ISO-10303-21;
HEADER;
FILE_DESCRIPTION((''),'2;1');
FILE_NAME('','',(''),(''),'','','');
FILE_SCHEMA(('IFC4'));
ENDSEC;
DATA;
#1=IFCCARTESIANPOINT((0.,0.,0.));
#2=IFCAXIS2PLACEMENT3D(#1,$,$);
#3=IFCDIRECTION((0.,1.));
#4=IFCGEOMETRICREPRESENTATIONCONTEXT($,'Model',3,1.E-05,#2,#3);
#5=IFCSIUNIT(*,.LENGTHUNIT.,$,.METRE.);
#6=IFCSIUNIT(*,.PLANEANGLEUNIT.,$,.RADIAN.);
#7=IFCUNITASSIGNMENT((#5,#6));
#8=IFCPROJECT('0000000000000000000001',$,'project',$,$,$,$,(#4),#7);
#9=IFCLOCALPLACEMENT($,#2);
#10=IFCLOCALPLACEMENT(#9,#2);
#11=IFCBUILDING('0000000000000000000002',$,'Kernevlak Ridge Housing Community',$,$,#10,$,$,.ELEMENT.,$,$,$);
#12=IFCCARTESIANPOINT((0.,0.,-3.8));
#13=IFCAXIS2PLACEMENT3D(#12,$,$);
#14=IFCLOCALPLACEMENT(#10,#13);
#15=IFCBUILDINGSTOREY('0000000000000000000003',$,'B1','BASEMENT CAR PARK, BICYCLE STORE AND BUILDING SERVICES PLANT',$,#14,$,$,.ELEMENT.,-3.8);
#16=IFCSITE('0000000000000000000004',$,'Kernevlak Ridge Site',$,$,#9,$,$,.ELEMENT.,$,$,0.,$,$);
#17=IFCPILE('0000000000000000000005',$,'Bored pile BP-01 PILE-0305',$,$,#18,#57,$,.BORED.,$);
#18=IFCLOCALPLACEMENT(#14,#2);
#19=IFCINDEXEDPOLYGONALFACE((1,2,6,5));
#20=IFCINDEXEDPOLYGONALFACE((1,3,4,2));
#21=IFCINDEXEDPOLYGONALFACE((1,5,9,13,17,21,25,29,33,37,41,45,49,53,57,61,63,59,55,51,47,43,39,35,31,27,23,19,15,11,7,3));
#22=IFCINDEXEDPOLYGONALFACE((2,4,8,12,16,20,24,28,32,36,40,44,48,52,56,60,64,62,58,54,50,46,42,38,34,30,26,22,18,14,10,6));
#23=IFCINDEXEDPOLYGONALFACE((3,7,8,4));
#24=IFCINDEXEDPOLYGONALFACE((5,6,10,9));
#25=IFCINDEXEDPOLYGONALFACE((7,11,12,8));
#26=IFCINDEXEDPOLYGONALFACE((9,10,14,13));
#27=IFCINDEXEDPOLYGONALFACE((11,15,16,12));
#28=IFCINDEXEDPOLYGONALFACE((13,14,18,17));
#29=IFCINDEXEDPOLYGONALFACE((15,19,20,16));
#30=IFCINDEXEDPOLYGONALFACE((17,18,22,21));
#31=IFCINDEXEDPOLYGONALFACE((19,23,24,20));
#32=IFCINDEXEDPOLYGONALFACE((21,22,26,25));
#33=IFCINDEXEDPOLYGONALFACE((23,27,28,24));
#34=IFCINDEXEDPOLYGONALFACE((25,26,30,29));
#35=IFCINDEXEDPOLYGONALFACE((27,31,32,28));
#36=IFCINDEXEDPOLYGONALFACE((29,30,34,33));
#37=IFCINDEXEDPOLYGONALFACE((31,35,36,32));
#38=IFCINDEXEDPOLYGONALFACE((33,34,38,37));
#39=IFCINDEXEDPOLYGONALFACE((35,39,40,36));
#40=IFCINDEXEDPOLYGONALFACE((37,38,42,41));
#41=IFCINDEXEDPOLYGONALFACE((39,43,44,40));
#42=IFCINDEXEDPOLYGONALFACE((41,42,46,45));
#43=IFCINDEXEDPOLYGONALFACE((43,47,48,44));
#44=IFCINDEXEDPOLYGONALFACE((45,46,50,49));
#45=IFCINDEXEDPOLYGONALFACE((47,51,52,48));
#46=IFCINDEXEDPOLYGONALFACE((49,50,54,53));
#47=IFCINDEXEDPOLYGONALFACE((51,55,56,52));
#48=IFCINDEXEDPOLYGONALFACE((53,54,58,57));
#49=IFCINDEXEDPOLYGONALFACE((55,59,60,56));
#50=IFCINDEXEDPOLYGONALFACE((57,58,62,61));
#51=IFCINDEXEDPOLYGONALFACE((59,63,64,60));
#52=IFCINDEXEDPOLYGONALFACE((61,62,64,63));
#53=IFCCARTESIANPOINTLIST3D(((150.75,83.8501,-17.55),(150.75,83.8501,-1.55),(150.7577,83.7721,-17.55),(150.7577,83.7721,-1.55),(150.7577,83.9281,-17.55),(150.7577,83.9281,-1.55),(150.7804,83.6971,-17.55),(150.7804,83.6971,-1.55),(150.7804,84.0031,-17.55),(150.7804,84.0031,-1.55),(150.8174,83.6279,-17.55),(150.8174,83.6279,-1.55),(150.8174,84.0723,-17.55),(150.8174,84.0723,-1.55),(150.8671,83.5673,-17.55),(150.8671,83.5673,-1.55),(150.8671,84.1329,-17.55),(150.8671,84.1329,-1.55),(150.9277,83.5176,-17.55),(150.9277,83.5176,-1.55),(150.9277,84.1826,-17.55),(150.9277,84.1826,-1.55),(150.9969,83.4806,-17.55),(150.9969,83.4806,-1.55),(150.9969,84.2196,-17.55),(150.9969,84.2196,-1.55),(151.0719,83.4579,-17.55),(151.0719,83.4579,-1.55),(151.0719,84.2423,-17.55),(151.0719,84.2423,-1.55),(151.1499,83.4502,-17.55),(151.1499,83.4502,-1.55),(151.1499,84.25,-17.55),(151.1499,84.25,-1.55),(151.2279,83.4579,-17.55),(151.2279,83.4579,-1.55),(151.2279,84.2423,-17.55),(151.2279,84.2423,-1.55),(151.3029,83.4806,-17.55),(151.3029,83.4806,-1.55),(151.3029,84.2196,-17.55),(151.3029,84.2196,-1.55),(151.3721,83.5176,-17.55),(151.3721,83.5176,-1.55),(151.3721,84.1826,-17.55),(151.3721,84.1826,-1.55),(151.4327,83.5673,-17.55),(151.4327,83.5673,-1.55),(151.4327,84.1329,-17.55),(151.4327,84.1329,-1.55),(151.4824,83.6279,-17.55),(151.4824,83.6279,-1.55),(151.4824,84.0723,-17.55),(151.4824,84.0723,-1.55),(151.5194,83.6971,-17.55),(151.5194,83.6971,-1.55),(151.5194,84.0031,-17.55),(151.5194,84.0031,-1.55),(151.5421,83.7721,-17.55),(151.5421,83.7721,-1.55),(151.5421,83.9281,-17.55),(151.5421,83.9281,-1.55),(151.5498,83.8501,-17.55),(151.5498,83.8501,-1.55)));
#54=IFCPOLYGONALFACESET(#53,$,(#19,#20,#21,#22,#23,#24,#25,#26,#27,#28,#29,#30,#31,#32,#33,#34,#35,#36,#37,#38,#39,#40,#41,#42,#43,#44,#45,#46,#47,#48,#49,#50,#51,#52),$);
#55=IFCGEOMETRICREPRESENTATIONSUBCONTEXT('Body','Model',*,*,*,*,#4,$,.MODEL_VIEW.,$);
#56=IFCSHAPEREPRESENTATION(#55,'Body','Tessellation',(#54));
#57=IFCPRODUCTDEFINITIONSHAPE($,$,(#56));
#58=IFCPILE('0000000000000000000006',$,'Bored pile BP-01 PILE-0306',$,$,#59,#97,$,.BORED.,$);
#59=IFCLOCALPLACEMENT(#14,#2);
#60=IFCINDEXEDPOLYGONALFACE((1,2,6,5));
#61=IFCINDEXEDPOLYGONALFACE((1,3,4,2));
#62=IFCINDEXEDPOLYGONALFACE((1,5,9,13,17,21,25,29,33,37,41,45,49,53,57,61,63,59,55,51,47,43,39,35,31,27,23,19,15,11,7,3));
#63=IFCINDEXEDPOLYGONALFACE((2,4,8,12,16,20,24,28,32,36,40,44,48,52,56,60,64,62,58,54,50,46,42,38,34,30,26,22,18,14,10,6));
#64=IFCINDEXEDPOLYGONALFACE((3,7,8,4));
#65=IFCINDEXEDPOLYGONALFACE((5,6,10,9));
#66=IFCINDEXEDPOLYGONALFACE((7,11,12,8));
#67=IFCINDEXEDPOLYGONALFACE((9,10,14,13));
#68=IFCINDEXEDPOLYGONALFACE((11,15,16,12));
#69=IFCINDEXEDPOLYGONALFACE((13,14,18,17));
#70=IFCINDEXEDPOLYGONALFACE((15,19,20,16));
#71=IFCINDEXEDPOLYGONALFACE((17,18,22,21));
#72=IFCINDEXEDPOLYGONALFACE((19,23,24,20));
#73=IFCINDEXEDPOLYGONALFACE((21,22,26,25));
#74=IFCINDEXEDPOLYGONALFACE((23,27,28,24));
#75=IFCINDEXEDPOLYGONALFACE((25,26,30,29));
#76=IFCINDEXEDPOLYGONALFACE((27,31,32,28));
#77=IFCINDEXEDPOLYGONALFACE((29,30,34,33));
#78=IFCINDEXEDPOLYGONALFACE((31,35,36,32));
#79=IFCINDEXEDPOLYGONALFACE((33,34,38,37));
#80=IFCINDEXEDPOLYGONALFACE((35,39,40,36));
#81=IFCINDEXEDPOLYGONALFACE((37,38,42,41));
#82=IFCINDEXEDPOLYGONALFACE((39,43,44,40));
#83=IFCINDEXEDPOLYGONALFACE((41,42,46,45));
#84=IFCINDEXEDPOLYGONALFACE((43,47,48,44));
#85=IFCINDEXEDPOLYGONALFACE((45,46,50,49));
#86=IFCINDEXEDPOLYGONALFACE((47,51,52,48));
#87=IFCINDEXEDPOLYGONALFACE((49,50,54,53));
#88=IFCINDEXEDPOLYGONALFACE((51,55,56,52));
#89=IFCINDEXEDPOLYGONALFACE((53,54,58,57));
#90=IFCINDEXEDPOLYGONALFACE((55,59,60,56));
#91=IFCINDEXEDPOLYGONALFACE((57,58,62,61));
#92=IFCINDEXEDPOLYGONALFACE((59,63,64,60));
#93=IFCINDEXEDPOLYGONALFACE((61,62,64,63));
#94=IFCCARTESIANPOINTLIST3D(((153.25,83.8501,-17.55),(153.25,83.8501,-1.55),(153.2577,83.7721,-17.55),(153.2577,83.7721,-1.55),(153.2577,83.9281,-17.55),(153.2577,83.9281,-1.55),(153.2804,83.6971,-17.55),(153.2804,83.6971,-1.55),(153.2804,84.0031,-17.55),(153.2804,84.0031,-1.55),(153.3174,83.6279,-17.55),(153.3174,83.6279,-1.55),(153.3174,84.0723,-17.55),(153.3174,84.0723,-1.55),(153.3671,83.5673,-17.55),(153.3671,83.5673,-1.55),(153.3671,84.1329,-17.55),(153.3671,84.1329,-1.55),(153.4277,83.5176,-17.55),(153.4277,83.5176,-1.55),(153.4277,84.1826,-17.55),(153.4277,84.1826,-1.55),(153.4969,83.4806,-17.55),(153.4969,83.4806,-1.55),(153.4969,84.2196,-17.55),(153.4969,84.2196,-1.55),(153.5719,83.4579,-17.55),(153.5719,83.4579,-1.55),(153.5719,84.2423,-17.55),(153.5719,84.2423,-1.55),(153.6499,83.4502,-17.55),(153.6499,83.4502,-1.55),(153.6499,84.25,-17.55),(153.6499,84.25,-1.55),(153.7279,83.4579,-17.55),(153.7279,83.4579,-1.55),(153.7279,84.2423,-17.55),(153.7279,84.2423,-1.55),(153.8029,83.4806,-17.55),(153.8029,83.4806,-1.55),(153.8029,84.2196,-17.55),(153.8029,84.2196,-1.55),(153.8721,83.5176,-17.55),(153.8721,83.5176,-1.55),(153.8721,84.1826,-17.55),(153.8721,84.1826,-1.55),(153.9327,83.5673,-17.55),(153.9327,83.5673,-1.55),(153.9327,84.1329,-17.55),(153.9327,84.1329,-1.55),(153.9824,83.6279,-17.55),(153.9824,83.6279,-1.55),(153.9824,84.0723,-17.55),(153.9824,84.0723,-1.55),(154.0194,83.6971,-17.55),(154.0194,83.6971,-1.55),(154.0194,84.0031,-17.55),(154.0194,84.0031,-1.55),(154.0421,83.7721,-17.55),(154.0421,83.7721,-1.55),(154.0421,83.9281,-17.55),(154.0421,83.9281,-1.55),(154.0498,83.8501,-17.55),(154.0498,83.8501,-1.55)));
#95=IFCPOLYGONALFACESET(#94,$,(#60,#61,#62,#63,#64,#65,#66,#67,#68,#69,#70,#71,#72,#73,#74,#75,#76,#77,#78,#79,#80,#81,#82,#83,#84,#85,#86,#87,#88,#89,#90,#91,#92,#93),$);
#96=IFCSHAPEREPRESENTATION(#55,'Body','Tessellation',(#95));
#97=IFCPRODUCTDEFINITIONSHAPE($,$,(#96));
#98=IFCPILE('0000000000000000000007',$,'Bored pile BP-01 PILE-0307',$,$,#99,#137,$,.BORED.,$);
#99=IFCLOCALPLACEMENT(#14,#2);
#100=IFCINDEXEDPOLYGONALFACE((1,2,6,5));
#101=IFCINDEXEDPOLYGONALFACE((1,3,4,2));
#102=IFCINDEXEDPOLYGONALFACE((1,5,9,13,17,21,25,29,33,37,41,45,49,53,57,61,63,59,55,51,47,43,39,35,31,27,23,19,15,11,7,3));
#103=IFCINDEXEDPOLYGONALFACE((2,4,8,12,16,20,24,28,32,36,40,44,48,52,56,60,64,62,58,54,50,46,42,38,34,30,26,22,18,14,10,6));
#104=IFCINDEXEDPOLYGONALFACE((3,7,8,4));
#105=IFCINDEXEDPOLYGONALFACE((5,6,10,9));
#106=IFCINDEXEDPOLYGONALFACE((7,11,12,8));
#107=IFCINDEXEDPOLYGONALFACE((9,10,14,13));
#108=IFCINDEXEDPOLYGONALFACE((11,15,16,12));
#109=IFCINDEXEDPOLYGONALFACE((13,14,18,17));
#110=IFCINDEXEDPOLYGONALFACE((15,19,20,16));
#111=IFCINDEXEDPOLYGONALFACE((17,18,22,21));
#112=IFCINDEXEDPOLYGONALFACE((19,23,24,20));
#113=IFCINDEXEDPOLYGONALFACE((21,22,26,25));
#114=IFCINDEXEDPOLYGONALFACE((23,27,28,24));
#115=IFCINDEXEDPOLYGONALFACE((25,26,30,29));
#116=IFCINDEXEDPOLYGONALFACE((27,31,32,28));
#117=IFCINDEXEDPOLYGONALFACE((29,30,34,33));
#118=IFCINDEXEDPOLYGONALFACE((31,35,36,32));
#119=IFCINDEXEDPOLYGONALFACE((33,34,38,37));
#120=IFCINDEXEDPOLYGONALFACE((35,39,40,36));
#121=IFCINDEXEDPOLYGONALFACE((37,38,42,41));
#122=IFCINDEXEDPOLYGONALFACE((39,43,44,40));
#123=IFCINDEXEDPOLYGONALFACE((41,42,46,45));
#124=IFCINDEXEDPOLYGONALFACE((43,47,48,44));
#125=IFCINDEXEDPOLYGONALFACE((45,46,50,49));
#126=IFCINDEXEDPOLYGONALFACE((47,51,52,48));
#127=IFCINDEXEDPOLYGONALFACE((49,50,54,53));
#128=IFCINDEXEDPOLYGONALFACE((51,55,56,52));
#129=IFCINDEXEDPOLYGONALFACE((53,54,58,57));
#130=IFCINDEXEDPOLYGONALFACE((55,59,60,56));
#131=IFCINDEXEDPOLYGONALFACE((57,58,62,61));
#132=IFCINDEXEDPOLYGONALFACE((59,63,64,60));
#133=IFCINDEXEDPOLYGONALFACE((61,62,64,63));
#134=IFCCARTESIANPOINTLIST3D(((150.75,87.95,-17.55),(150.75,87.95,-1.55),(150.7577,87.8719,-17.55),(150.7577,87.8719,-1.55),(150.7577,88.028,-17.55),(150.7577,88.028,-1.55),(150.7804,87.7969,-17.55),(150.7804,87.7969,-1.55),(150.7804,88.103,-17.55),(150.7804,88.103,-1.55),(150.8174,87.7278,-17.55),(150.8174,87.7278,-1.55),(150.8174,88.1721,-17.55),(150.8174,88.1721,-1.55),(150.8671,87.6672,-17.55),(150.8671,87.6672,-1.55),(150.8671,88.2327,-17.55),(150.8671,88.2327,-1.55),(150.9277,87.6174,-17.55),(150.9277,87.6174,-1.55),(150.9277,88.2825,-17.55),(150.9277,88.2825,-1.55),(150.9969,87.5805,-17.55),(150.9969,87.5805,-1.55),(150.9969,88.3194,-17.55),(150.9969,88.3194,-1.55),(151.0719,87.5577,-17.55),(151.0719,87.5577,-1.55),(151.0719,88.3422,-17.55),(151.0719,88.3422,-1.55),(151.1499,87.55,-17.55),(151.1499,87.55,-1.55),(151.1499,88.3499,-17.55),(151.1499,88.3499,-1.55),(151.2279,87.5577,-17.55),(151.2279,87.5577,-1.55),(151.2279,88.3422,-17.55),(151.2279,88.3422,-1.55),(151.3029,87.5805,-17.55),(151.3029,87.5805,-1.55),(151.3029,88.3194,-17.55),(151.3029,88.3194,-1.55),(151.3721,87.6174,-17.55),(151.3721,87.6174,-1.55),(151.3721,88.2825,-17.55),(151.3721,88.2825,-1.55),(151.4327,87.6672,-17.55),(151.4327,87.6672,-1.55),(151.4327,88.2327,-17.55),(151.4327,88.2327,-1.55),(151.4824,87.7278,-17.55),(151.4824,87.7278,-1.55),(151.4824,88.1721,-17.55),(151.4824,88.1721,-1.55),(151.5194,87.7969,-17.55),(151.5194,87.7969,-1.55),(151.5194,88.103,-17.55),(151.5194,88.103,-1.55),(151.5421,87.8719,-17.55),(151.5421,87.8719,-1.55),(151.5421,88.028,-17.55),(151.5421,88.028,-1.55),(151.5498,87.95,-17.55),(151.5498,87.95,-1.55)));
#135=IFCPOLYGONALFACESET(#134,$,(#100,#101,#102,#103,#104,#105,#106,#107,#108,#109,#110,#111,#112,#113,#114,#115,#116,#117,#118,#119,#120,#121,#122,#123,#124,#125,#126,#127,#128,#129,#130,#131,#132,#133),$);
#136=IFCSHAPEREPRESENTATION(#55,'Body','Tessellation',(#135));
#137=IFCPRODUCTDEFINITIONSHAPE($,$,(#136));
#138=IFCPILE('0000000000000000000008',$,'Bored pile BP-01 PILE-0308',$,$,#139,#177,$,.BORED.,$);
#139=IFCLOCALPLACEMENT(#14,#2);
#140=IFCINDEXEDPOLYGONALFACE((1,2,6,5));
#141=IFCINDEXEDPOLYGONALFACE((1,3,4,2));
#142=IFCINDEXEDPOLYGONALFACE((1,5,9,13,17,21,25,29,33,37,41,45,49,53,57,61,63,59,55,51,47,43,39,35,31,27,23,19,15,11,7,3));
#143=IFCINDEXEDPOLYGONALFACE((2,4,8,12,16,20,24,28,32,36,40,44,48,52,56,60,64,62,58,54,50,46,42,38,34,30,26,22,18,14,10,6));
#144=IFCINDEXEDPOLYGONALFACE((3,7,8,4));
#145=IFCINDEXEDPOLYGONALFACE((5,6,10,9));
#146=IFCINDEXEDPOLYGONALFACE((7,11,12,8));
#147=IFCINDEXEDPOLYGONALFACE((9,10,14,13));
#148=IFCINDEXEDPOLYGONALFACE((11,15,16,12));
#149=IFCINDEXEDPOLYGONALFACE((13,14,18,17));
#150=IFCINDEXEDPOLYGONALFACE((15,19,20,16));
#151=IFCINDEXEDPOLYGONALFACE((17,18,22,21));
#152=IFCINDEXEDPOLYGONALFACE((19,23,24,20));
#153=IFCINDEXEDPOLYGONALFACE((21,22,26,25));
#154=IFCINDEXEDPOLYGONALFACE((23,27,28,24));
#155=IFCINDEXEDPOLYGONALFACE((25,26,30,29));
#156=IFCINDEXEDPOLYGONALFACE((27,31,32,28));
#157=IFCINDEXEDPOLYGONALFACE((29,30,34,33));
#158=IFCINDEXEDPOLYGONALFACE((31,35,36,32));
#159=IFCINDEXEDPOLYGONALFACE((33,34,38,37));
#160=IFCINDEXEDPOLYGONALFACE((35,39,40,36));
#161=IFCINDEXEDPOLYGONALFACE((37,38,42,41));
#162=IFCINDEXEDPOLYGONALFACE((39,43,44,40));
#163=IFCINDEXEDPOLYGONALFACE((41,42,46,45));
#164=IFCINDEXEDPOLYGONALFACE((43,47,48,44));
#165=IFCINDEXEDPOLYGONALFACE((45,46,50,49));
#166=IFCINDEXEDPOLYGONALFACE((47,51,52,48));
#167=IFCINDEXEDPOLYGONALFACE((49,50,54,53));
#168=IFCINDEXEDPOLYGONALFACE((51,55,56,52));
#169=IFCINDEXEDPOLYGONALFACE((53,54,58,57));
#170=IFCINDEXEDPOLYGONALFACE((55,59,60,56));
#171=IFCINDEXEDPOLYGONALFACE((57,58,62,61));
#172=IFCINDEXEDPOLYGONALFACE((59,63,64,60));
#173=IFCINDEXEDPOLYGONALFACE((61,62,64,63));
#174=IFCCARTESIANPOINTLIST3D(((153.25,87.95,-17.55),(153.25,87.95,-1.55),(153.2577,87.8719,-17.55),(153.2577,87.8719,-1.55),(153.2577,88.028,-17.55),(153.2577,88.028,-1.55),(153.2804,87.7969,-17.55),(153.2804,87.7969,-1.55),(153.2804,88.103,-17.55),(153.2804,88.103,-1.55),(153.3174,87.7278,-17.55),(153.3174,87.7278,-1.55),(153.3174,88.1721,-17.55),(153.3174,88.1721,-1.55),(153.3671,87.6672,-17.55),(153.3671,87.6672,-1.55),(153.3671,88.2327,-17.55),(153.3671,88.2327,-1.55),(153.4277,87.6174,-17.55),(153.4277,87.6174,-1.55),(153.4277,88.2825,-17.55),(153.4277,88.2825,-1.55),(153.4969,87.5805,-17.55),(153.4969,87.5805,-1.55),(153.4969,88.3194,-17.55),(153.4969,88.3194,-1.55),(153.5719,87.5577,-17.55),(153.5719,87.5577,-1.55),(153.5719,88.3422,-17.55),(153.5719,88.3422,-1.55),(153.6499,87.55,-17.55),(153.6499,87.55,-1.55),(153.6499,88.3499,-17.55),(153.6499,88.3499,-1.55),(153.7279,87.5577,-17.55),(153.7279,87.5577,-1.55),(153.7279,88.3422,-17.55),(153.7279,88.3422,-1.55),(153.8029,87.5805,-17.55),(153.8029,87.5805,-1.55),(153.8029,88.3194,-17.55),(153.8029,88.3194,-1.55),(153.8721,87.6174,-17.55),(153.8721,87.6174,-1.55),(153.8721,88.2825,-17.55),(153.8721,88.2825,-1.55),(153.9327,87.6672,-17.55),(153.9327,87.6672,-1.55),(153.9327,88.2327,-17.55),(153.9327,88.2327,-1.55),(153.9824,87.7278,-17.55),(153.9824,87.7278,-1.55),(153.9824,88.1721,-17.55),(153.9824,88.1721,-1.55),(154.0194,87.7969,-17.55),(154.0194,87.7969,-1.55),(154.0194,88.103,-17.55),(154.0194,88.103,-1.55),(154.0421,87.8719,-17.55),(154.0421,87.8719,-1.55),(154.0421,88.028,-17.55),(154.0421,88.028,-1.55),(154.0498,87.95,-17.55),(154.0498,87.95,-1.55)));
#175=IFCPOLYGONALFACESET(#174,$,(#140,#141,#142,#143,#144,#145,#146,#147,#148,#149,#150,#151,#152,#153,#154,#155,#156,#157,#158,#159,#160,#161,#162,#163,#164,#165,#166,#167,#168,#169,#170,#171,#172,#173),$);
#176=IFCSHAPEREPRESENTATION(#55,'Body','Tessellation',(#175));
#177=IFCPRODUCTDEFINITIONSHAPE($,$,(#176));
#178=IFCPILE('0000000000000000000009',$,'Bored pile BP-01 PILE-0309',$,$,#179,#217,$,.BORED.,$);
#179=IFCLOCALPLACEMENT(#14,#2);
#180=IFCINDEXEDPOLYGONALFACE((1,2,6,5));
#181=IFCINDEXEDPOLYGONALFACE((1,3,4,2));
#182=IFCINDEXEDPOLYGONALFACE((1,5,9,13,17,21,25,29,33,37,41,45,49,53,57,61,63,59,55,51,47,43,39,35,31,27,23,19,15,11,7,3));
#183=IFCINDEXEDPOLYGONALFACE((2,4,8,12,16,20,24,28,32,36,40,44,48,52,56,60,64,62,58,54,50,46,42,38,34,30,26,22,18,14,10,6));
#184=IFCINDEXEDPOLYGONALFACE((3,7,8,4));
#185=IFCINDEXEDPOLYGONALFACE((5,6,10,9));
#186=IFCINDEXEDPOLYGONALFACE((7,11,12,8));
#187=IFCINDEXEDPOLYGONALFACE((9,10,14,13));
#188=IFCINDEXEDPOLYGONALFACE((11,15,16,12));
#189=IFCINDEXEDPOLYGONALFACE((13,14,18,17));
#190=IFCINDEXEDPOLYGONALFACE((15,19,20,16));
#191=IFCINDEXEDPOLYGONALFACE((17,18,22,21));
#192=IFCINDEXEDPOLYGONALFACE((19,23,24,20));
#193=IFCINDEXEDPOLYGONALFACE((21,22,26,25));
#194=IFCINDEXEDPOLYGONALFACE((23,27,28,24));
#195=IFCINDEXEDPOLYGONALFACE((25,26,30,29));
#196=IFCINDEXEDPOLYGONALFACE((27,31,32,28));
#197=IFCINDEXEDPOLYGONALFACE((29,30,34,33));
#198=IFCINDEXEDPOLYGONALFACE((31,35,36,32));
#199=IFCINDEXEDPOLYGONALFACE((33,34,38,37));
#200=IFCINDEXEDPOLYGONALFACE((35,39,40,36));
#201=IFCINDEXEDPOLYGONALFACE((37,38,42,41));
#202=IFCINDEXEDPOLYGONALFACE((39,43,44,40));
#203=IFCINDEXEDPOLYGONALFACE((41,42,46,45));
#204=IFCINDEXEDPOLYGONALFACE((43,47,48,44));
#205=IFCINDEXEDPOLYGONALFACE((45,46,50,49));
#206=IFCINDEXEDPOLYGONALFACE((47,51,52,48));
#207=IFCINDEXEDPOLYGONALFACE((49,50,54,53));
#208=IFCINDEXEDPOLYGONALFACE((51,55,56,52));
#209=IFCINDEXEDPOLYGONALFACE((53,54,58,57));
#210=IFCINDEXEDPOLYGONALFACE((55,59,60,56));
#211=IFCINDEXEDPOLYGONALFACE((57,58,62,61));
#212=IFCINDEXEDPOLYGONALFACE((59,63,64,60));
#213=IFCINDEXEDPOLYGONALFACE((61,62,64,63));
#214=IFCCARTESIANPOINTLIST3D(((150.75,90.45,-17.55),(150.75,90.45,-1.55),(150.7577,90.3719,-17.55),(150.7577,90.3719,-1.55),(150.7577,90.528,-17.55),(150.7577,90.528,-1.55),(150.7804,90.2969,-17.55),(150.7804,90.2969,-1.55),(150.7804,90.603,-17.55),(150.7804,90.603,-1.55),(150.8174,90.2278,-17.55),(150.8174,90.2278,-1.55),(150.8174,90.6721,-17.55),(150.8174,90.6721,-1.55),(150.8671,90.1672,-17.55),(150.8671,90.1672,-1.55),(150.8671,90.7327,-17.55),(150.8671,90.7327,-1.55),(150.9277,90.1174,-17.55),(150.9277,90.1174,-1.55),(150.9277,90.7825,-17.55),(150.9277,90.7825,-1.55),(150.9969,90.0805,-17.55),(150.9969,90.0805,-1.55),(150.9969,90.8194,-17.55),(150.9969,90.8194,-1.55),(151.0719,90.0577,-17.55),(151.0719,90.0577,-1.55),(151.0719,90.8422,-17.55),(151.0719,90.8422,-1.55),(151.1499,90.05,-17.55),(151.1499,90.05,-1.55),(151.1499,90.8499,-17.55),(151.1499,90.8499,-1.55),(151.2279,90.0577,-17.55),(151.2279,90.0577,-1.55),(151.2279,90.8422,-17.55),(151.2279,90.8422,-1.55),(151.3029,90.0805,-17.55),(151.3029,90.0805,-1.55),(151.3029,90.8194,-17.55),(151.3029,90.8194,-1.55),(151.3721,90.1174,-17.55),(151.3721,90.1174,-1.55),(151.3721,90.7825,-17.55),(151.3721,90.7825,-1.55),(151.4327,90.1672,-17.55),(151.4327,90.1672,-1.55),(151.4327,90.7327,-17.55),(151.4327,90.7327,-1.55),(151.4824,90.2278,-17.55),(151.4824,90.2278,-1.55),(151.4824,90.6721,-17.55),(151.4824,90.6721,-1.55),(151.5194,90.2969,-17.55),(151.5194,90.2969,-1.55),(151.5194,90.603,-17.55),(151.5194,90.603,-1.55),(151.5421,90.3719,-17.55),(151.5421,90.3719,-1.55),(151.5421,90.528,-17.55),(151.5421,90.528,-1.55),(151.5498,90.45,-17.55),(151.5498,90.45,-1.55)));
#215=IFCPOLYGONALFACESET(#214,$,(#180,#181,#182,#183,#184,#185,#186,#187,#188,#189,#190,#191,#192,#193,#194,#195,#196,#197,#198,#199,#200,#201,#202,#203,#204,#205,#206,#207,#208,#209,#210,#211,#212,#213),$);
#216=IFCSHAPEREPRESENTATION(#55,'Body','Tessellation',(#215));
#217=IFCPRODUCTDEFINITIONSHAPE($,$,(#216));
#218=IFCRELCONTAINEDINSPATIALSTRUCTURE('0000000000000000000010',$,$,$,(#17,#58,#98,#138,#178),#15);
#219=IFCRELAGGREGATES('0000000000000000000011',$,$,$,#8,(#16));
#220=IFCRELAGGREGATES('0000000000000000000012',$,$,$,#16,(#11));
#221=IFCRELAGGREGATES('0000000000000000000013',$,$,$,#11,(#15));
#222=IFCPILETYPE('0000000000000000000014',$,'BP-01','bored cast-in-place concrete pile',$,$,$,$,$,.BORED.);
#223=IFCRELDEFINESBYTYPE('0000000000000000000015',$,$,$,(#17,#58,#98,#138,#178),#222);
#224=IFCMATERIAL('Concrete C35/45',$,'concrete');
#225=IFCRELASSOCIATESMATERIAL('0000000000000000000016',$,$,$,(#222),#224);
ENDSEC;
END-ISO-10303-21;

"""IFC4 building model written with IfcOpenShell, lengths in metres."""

from ifc_helpers import new_model, si_unit, direction, frame, origin, origin_2d, place, context, subcontext, project, spatial, circle, extrude, material, material_profile, profile_set, type_object, element, save


model = new_model("IFC4")

# Units and contexts
model_context = context("Model", 3, precision=1e-05, world=origin(), true_north=direction((0.0, 1.0)))
body_context = subcontext(model_context, "Body", "Model", "MODEL_VIEW")
ifc_project = project(units=[si_unit("LENGTHUNIT", "METRE"), si_unit("PLANEANGLEUNIT", "RADIAN")], contexts=[model_context])

# Site, building, storey
site_placement = place(None, origin())
site = spatial("IfcSite", under=ifc_project, at=site_placement, Name="Kernevlak Ridge Site", CompositionType="ELEMENT", RefElevation=0.0)
building_placement = place(site_placement, origin())
building = spatial("IfcBuilding", under=site, at=building_placement, Name="Kernevlak Ridge Housing Community", CompositionType="ELEMENT")
storey_placement = place(building_placement, frame((0.0, 0.0, -3.8)))
storey = spatial("IfcBuildingStorey", under=building, at=storey_placement, Name="B1", Description="BASEMENT CAR PARK, BICYCLE STORE AND BUILDING SERVICES PLANT", CompositionType="ELEMENT", Elevation=-3.8)

# Piles
ifc_material_1 = material(Name="Concrete C35/45", Category="concrete")
ifc_material_profile_1 = material_profile(ifc_material_1, circle(Radius=0.3999, at=origin_2d()), Name="BORED PILE 800")
ifc_profile_set_1 = profile_set([ifc_material_profile_1], Name="Concrete C35/45")
pile_type_1 = type_object("IfcPileType", Name="BP-01", Description="bored cast-in-place concrete pile", PredefinedType="BORED", material=ifc_profile_set_1)
for number, where, z_axis, x_axis, name in (
    (1, (151.1499, 83.8501, -1.55), (0.0, 0.0, -1.0), (1.0, 0.0, 0.0), "Bored pile BP-01 PILE-0305"),
    (2, (153.6499, 83.8501, -1.55), (0.0, 0.0, -1.0), (1.0, 0.0, 0.0), "Bored pile BP-01 PILE-0306"),
    (3, (151.1499, 87.95, -1.55), (0.0, 0.0, -1.0), (1.0, 0.0, 0.0), "Bored pile BP-01 PILE-0307"),
    (4, (153.6499, 87.95, -1.55), (0.0, 0.0, -1.0), (1.0, 0.0, 0.0), "Bored pile BP-01 PILE-0308"),
    (5, (151.1499, 90.45, -1.55), (0.0, 0.0, -1.0), (1.0, 0.0, 0.0), "Bored pile BP-01 PILE-0309"),
):
    element("IfcPile", number, at=place(storey_placement, frame(where, z_axis=z_axis, x_axis=x_axis)), inside=storey, type_object=pile_type_1, Name=name, PredefinedType="BORED", context=body_context, shape_type="SweptSolid", body=[
        extrude(circle(Radius=0.3999, at=origin_2d()), origin(), (0.0, 0.0, 1.0), 16.0),
    ])

save(model, "model.ifc")
